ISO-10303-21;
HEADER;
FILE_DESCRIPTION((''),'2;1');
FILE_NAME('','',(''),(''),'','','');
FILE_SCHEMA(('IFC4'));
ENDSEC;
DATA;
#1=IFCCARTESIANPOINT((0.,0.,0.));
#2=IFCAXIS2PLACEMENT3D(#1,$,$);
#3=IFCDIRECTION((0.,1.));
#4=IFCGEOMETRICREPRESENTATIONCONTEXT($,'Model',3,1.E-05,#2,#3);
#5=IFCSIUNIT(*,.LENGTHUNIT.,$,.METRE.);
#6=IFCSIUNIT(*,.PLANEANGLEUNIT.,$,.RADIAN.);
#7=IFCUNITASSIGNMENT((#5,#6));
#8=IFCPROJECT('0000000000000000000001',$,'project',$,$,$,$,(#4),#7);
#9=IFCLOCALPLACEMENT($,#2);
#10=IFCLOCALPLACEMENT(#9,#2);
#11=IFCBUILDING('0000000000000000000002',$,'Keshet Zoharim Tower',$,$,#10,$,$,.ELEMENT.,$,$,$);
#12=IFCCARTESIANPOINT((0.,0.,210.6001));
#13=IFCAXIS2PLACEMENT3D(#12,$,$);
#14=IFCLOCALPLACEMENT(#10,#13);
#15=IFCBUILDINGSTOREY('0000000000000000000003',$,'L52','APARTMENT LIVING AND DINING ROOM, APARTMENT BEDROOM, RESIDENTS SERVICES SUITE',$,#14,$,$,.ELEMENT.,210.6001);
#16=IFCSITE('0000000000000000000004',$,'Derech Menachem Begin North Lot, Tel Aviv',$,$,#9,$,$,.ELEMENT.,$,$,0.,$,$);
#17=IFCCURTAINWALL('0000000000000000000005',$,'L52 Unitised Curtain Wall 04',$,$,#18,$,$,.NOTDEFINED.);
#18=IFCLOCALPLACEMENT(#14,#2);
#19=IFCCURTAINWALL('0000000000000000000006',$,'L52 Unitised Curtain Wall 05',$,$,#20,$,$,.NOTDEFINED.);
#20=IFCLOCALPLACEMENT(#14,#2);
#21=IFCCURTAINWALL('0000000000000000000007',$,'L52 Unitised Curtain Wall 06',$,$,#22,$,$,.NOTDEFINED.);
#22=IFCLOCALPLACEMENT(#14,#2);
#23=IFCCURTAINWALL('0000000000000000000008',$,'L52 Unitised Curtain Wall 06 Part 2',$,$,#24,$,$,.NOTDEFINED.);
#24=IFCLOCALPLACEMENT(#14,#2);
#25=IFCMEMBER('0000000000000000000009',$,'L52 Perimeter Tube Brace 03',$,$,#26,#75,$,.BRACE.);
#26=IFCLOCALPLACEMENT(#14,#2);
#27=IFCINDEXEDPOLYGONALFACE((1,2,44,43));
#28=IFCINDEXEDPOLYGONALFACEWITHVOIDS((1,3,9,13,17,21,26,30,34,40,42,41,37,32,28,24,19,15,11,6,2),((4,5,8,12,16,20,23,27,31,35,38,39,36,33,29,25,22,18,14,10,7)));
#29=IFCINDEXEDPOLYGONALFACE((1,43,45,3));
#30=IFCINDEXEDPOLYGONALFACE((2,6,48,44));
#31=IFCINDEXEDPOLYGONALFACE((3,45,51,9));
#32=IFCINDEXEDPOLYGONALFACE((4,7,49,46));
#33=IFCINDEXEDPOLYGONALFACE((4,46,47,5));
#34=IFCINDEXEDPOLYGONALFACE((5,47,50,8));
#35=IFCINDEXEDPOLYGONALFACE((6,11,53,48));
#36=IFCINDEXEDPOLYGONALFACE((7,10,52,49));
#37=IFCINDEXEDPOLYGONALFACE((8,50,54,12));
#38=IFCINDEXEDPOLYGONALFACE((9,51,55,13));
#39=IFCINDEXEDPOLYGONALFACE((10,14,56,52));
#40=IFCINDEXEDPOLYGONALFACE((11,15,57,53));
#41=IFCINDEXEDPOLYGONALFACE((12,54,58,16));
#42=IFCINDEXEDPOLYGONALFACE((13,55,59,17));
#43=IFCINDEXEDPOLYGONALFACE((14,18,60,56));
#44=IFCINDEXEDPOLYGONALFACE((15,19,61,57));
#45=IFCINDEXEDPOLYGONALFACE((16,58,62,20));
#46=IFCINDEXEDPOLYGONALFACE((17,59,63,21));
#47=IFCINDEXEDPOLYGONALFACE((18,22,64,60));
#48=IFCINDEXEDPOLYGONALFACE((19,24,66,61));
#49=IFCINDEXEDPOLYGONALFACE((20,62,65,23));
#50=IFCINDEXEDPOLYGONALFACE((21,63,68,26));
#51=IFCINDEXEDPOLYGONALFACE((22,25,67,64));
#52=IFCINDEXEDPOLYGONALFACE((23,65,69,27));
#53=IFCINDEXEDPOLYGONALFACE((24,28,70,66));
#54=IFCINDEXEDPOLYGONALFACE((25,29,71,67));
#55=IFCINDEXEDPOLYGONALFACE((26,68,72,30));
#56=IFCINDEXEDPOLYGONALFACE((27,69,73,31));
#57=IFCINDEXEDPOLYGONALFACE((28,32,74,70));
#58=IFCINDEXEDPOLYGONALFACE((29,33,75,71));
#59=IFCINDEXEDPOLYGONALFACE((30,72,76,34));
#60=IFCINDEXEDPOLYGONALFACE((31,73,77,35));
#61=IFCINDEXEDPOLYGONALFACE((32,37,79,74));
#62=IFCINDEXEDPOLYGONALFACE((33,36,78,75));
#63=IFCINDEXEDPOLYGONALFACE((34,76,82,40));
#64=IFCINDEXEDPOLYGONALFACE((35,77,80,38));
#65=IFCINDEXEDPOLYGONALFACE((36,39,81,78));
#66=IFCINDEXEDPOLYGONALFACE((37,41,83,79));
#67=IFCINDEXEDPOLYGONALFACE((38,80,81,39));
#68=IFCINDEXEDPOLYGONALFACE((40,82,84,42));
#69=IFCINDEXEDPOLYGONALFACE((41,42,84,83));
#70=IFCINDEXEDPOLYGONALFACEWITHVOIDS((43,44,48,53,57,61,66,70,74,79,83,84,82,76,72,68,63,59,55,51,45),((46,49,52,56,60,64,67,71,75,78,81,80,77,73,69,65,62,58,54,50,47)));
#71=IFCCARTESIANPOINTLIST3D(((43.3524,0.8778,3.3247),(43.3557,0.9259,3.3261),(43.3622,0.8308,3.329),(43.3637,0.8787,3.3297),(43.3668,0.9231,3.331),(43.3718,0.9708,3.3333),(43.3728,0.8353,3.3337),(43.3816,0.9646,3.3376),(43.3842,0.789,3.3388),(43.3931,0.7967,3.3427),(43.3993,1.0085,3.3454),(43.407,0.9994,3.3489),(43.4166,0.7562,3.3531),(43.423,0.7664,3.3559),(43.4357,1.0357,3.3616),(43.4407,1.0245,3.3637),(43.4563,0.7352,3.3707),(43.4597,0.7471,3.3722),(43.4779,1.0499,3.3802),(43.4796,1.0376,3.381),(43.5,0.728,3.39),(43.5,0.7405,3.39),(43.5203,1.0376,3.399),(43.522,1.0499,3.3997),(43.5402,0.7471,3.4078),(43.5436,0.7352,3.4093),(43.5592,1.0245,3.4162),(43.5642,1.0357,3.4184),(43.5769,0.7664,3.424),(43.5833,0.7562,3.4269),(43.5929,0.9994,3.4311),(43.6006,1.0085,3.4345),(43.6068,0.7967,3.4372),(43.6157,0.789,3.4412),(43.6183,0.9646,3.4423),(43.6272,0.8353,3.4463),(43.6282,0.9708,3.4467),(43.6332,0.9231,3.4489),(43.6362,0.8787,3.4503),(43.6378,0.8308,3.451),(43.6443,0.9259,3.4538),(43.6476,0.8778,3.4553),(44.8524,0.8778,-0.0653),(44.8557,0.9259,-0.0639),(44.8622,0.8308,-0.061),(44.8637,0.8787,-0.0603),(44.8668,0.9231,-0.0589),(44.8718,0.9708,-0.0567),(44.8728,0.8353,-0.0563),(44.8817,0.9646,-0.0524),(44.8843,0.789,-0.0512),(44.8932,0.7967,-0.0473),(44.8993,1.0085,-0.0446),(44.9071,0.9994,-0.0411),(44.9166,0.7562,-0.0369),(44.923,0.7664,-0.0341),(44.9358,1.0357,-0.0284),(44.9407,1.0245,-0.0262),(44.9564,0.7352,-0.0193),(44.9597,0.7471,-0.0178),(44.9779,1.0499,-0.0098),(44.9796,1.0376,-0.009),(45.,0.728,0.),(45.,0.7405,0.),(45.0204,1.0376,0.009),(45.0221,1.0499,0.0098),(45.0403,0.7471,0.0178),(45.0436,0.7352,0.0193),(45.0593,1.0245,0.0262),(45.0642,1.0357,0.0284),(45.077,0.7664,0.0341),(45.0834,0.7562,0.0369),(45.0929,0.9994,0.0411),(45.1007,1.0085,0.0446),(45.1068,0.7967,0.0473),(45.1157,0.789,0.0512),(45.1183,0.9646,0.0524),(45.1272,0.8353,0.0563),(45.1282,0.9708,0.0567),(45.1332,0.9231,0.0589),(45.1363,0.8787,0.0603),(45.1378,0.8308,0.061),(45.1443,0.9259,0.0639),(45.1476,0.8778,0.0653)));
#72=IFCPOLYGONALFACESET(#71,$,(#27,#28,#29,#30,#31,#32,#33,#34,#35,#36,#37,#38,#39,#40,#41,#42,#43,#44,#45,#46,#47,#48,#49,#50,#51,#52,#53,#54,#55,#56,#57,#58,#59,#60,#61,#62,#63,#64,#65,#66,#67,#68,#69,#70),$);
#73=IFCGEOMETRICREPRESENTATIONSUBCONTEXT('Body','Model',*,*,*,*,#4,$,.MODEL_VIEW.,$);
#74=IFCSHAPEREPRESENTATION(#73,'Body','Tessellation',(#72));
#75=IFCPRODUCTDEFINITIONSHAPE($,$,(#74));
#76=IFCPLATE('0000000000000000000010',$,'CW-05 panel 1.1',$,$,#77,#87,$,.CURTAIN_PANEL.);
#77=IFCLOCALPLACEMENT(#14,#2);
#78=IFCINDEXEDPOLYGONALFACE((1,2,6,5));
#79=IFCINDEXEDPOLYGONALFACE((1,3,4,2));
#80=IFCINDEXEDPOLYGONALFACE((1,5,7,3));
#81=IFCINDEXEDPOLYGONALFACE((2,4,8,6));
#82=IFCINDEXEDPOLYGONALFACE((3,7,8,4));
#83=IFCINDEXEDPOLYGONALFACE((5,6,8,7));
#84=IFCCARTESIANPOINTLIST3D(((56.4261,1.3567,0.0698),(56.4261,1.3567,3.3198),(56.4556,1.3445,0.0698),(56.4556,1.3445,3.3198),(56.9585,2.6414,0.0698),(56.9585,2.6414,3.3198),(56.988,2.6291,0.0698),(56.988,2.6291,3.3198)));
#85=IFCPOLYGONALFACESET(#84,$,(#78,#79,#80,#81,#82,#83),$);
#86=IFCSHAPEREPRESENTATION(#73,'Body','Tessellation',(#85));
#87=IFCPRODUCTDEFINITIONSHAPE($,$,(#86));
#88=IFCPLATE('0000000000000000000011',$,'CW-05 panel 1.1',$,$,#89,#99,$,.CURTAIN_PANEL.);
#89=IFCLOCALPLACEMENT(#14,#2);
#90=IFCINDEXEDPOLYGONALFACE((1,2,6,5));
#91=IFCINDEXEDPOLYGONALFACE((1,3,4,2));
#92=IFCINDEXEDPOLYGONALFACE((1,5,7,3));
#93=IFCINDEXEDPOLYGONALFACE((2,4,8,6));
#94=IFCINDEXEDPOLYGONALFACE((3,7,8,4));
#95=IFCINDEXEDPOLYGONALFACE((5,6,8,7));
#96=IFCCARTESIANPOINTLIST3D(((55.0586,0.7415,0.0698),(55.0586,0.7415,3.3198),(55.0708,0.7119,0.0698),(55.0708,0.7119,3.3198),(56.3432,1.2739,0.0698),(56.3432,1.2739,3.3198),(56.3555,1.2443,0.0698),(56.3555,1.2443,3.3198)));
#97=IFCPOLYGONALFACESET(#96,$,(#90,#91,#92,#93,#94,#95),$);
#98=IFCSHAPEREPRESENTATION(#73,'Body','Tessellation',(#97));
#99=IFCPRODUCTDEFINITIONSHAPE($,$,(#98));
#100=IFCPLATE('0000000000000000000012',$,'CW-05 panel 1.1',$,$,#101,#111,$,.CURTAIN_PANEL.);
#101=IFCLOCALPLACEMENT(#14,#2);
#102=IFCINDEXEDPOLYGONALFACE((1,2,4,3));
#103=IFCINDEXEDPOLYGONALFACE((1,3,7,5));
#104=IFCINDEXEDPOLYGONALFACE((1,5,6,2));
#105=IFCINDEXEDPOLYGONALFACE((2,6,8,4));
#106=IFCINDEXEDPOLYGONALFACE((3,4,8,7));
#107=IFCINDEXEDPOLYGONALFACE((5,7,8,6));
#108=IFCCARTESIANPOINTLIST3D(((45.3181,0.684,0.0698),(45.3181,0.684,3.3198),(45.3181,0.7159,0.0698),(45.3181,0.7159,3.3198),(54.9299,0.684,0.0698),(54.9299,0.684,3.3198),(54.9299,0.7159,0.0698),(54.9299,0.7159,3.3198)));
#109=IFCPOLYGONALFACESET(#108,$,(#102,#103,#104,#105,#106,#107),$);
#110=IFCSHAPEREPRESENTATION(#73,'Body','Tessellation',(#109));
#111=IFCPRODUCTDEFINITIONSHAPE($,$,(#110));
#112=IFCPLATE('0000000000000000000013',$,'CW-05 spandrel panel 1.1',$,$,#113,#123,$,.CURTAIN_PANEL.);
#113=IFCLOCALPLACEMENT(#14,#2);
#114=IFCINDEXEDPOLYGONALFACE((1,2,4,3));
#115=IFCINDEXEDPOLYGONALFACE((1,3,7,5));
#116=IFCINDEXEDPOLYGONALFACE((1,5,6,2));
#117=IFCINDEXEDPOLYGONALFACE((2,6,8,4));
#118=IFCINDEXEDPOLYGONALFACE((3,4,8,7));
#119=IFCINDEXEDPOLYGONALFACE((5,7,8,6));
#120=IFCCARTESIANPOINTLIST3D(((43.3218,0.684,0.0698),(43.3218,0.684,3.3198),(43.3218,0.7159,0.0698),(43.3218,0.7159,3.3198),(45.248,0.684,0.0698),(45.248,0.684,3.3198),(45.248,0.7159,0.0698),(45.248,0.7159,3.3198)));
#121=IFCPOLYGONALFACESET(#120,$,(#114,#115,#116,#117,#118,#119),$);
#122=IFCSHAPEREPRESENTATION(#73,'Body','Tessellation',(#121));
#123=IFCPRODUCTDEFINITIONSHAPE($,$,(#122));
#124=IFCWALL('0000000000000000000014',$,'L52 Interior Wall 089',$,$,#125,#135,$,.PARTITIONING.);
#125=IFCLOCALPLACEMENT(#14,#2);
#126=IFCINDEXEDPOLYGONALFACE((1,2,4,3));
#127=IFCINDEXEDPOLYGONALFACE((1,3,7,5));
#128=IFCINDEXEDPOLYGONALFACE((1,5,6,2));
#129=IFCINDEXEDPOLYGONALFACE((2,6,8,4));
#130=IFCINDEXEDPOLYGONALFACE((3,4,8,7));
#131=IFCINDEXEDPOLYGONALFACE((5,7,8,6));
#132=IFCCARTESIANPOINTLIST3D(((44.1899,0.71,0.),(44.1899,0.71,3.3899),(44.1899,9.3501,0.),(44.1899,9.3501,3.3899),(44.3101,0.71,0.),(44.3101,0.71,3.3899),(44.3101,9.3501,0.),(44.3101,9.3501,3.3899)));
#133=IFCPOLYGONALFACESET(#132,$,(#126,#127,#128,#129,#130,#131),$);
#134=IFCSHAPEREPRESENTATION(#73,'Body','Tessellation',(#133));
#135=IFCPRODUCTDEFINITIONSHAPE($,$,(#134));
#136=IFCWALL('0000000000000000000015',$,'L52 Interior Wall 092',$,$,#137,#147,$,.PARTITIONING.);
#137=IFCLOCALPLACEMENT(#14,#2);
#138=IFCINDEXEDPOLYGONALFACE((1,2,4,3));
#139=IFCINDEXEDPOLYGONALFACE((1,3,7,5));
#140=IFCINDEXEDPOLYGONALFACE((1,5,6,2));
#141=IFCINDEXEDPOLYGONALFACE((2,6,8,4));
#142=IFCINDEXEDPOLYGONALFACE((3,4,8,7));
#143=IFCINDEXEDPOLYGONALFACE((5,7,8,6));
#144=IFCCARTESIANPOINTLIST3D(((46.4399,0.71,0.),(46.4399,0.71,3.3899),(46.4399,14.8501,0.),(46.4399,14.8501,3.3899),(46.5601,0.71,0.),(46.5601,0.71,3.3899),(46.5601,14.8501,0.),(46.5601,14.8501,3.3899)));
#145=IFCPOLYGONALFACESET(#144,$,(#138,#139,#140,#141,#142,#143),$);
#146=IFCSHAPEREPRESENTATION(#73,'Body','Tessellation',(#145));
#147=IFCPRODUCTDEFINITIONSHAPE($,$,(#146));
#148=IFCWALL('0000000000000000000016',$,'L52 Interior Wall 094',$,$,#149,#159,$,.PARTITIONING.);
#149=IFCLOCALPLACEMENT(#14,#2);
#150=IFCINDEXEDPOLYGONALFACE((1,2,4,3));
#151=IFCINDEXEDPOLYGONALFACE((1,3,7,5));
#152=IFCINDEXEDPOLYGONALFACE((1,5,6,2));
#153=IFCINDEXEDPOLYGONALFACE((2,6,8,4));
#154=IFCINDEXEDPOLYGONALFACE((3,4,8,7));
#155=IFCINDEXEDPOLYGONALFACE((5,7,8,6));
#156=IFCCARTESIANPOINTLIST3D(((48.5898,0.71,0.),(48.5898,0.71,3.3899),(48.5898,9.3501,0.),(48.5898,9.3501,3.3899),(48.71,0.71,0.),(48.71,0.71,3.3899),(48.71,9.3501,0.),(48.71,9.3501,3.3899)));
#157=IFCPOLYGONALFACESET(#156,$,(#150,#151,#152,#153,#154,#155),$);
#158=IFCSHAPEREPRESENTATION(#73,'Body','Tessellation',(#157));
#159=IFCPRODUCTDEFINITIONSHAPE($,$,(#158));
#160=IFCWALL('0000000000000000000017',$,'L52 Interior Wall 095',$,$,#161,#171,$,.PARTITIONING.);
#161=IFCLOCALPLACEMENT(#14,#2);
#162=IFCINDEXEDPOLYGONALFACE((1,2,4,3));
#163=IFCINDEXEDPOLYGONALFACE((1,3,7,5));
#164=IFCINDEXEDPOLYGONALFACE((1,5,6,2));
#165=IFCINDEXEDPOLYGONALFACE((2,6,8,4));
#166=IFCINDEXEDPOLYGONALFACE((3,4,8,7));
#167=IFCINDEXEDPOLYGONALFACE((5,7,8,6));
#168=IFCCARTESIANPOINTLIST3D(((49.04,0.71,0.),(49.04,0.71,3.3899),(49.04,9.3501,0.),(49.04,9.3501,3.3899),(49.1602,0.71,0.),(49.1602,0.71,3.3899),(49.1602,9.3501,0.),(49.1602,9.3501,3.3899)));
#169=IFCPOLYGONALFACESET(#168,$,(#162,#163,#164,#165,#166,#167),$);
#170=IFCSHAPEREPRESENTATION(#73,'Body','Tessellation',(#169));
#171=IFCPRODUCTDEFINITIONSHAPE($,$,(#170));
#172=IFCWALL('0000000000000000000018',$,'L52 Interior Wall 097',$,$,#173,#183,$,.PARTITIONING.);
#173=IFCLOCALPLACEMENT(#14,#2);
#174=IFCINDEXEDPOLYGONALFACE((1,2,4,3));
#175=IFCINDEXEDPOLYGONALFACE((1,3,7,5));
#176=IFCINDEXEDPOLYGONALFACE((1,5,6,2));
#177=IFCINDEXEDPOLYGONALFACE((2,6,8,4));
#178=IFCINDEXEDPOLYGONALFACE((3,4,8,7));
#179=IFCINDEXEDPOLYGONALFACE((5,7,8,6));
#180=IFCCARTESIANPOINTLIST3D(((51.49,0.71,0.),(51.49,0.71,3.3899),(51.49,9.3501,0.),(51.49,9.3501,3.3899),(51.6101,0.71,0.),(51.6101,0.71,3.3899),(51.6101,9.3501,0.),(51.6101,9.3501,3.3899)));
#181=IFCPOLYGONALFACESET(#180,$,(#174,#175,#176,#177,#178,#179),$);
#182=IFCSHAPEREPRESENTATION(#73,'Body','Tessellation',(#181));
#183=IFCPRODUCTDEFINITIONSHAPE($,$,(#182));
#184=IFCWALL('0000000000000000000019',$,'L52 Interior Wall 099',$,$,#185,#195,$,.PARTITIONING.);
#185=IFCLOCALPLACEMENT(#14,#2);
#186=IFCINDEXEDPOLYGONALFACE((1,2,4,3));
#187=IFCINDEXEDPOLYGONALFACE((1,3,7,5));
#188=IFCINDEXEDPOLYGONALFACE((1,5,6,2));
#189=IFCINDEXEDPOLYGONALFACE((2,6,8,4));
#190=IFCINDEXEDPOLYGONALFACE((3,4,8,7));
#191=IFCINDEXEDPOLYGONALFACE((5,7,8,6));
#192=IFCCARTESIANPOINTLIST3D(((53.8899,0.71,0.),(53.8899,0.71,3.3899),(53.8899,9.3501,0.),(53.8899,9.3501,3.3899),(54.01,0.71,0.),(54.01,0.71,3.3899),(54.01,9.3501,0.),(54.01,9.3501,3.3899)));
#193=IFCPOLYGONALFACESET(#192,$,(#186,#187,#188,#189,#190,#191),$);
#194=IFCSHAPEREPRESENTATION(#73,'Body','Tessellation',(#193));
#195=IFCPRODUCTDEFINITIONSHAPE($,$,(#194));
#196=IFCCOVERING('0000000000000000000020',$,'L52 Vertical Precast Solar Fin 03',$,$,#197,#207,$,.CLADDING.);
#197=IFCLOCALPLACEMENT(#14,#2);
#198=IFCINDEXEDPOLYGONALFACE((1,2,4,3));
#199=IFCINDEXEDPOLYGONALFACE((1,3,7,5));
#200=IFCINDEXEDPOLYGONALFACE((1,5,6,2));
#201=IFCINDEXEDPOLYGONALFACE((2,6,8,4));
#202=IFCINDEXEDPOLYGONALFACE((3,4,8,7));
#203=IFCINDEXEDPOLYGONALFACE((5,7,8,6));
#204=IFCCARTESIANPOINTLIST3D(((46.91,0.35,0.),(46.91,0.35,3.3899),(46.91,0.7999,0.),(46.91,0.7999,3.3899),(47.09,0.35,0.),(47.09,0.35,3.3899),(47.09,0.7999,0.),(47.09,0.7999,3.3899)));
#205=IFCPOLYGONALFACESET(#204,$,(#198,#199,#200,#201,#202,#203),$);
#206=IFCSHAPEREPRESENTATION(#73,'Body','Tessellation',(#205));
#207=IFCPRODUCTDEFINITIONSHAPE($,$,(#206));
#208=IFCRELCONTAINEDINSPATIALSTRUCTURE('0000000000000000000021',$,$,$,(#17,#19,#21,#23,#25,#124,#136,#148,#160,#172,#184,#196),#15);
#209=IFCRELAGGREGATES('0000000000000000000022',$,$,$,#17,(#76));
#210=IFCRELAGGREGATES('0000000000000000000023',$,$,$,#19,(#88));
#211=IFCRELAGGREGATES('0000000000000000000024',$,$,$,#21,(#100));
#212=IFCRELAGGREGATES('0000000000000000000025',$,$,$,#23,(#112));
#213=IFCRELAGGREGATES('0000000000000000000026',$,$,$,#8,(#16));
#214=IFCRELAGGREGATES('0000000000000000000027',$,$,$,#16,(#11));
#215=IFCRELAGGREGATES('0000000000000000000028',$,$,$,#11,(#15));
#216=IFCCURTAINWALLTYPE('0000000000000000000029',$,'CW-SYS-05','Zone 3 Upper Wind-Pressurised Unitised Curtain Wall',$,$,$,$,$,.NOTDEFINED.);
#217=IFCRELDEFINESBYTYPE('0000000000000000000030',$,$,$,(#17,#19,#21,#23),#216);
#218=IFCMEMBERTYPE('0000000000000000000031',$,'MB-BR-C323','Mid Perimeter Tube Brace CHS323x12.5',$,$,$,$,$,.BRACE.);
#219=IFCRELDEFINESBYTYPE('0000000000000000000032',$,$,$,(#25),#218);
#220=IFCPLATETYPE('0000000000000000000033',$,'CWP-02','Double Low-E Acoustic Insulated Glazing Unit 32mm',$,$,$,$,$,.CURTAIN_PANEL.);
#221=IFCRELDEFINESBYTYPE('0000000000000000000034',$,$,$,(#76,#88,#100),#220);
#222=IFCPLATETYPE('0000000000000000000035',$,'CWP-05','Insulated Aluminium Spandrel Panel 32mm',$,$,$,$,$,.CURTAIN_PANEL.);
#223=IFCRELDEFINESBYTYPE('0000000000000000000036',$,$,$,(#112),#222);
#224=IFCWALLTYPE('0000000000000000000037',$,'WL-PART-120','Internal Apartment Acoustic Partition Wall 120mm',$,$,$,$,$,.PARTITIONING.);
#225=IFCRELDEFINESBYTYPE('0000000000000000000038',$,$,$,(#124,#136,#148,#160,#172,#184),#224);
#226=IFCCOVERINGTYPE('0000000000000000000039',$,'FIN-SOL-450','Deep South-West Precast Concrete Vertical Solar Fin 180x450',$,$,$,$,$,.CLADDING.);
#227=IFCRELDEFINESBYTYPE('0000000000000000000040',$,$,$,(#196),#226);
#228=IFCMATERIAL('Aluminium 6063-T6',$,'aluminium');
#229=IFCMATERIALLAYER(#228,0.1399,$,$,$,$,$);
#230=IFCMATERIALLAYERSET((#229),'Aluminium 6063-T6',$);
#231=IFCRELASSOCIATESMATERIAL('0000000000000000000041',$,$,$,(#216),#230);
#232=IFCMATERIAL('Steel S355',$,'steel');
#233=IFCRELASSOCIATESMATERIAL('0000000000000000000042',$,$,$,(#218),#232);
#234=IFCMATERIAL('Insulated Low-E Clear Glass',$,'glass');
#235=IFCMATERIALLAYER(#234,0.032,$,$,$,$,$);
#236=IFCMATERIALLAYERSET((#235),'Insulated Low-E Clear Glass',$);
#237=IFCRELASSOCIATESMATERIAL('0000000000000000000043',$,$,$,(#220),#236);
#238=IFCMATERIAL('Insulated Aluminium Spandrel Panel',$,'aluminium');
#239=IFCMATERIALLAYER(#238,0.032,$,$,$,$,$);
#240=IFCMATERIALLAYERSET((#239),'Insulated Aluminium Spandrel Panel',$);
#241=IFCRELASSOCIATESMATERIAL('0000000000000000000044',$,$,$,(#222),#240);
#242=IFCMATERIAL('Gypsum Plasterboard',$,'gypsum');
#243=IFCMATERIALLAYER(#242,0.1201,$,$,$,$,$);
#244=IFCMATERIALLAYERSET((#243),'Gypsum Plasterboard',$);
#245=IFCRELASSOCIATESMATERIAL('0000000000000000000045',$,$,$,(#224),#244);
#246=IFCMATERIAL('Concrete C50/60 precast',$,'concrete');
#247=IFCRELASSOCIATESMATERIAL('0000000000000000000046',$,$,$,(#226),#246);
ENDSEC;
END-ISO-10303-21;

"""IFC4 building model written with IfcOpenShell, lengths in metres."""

from ifc_helpers import new_model, si_unit, direction, frame, frame_2d, origin, origin_2d, place, context, subcontext, project, spatial, rectangle, hollow_circle, extrude, material, layer, layer_set, material_profile, profile_set, type_object, element, aggregate, save


model = new_model("IFC4")

# Units and contexts
model_context = context("Model", 3, precision=1e-05, world=origin(), true_north=direction((0.0, 1.0)))
body_context = subcontext(model_context, "Body", "Model", "MODEL_VIEW")
ifc_project = project(units=[si_unit("LENGTHUNIT", "METRE"), si_unit("PLANEANGLEUNIT", "RADIAN")], contexts=[model_context])

# Site, building, storey
site_placement = place(None, origin())
site = spatial("IfcSite", under=ifc_project, at=site_placement, Name="Derech Menachem Begin North Lot, Tel Aviv", CompositionType="ELEMENT", RefElevation=0.0)
building_placement = place(site_placement, origin())
building = spatial("IfcBuilding", under=site, at=building_placement, Name="Keshet Zoharim Tower", CompositionType="ELEMENT")
storey_placement = place(building_placement, frame((0.0, 0.0, 210.6001)))
storey = spatial("IfcBuildingStorey", under=building, at=storey_placement, Name="L52", Description="APARTMENT LIVING AND DINING ROOM, APARTMENT BEDROOM, RESIDENTS SERVICES SUITE", CompositionType="ELEMENT", Elevation=210.6001)

# Shared definitions
ifc_material_1 = material(Name="Steel S355", Category="steel")

# Curtain walls
ifc_material_2 = material(Name="Aluminium 6063-T6", Category="aluminium")
ifc_layer_1 = layer(ifc_material_2, 0.1399)
ifc_layer_set_1 = layer_set([ifc_layer_1], Name="Aluminium 6063-T6")
curtain_wall_type = type_object("IfcCurtainWallType", Name="CW-SYS-05", Description="Zone 3 Upper Wind-Pressurised Unitised Curtain Wall", PredefinedType="NOTDEFINED", material=ifc_layer_set_1)
curtain_wall_1_placement = place(storey_placement, origin())
curtain_wall_1 = element("IfcCurtainWall", 1, at=curtain_wall_1_placement, inside=storey, type_object=curtain_wall_type, Name="L52 Unitised Curtain Wall 04", PredefinedType="NOTDEFINED")
curtain_wall_2_placement = place(storey_placement, origin())
curtain_wall_2 = element("IfcCurtainWall", 2, at=curtain_wall_2_placement, inside=storey, type_object=curtain_wall_type, Name="L52 Unitised Curtain Wall 05", PredefinedType="NOTDEFINED")
curtain_wall_3_placement = place(storey_placement, origin())
curtain_wall_3 = element("IfcCurtainWall", 3, at=curtain_wall_3_placement, inside=storey, type_object=curtain_wall_type, Name="L52 Unitised Curtain Wall 06", PredefinedType="NOTDEFINED")

# Curtain wall
curtain_wall_4_placement = place(storey_placement, origin())
curtain_wall_4 = element("IfcCurtainWall", 4, at=curtain_wall_4_placement, inside=storey, type_object=curtain_wall_type, Name="L52 Unitised Curtain Wall 06 Part 2", PredefinedType="NOTDEFINED")

# Member
ifc_material_profile_1 = material_profile(ifc_material_1, hollow_circle(Radius=0.1619, WallThickness=0.0125, at=origin_2d()), Name="CHS323x12.5")
ifc_profile_set_1 = profile_set([ifc_material_profile_1], Name="Steel S355")
member_type_1 = type_object("IfcMemberType", Name="MB-BR-C323", Description="Mid Perimeter Tube Brace CHS323x12.5", PredefinedType="BRACE", material=ifc_profile_set_1)
member_1_placement = place(storey_placement, frame((45.0, 0.8899, 0.0), z_axis=(-0.404647, 0.0, 0.914473), x_axis=(0.0, -1.0, 0.0)))
element("IfcMember", 5, at=member_1_placement, inside=storey, type_object=member_type_1, Name="L52 Perimeter Tube Brace 03", PredefinedType="BRACE", context=body_context, shape_type="SweptSolid", body=[
    extrude(hollow_circle(Radius=0.1619, WallThickness=0.0125, at=origin_2d()), origin(), (0.0, 0.0, 1.0), 3.707),
])

# Plates
ifc_material_3 = material(Name="Insulated Low-E Clear Glass", Category="glass")
ifc_layer_2 = layer(ifc_material_3, 0.032)
ifc_layer_set_2 = layer_set([ifc_layer_2], Name="Insulated Low-E Clear Glass")
plate_type_1 = type_object("IfcPlateType", Name="CWP-02", Description="Double Low-E Acoustic Insulated Glazing Unit 32mm", PredefinedType="CURTAIN_PANEL", material=ifc_layer_set_2)
plate_1_placement = place(storey_placement, frame((56.707, 1.9929, 0.0698), z_axis=(0.0, 0.0, 1.0), x_axis=(-0.382852, -0.92381, 0.0)))
plate_1 = element("IfcPlate", 6, at=plate_1_placement, type_object=plate_type_1, Name="CW-05 panel 1.1", PredefinedType="CURTAIN_PANEL", context=body_context, shape_type="SweptSolid", body=[
    extrude(rectangle(XDim=1.3906, YDim=0.032, at=origin_2d()), origin(), (0.0, 0.0, 1.0), 3.25),
])
aggregate(curtain_wall_1, [plate_1])
plate_2_placement = place(storey_placement, frame((55.707, 0.9929, 0.0698), z_axis=(0.0, 0.0, 1.0), x_axis=(-0.92381, -0.382852, 0.0)))
plate_2 = element("IfcPlate", 7, at=plate_2_placement, type_object=plate_type_1, Name="CW-05 panel 1.1", PredefinedType="CURTAIN_PANEL", context=body_context, shape_type="SweptSolid", body=[
    extrude(rectangle(XDim=1.3906, YDim=0.032, at=origin_2d()), origin(), (0.0, 0.0, 1.0), 3.25),
])
aggregate(curtain_wall_2, [plate_2])
plate_3_placement = place(storey_placement, frame((50.124, 0.7, 0.0698), z_axis=(0.0, 0.0, 1.0), x_axis=(-1.0, 0.0, 0.0)))
plate_3 = element("IfcPlate", 8, at=plate_3_placement, type_object=plate_type_1, Name="CW-05 panel 1.1", PredefinedType="CURTAIN_PANEL", context=body_context, shape_type="SweptSolid", body=[
    extrude(rectangle(XDim=9.6118, YDim=0.032, at=origin_2d()), origin(), (0.0, 0.0, 1.0), 3.25),
])
aggregate(curtain_wall_3, [plate_3])
ifc_material_4 = material(Name="Insulated Aluminium Spandrel Panel", Category="aluminium")
ifc_layer_3 = layer(ifc_material_4, 0.032)
ifc_layer_set_3 = layer_set([ifc_layer_3], Name="Insulated Aluminium Spandrel Panel")
plate_type_2 = type_object("IfcPlateType", Name="CWP-05", Description="Insulated Aluminium Spandrel Panel 32mm", PredefinedType="CURTAIN_PANEL", material=ifc_layer_set_3)
plate_4_placement = place(storey_placement, frame((44.2849, 0.7, 0.0698), z_axis=(0.0, 0.0, 1.0), x_axis=(-1.0, 0.0, 0.0)))
plate_4 = element("IfcPlate", 9, at=plate_4_placement, type_object=plate_type_2, Name="CW-05 spandrel panel 1.1", PredefinedType="CURTAIN_PANEL", context=body_context, shape_type="SweptSolid", body=[
    extrude(rectangle(XDim=1.9263, YDim=0.032, at=origin_2d()), origin(), (0.0, 0.0, 1.0), 3.25),
])
aggregate(curtain_wall_4, [plate_4])

# Walls
ifc_material_5 = material(Name="Gypsum Plasterboard", Category="gypsum")
ifc_layer_4 = layer(ifc_material_5, 0.1201)
ifc_layer_set_4 = layer_set([ifc_layer_4], Name="Gypsum Plasterboard")
wall_type = type_object("IfcWallType", Name="WL-PART-120", Description="Internal Apartment Acoustic Partition Wall 120mm", PredefinedType="PARTITIONING", material=ifc_layer_set_4)
wall_1_placement = place(storey_placement, frame((44.25, 0.71, 0.0), z_axis=(0.0, 0.0, 1.0), x_axis=(0.0, 1.0, 0.0)))
element("IfcWall", 10, at=wall_1_placement, inside=storey, type_object=wall_type, Name="L52 Interior Wall 089", PredefinedType="PARTITIONING", context=body_context, shape_type="SweptSolid", body=[
    extrude(rectangle(XDim=8.6401, YDim=0.1201, at=frame_2d((4.3201, 0.0))), origin(), (0.0, 0.0, 1.0), 3.3899),
])
wall_2_placement = place(storey_placement, frame((46.5, 0.71, 0.0), z_axis=(0.0, 0.0, 1.0), x_axis=(0.0, 1.0, 0.0)))
element("IfcWall", 11, at=wall_2_placement, inside=storey, type_object=wall_type, Name="L52 Interior Wall 092", PredefinedType="PARTITIONING", context=body_context, shape_type="SweptSolid", body=[
    extrude(rectangle(XDim=14.1401, YDim=0.1201, at=frame_2d((7.0701, 0.0))), origin(), (0.0, 0.0, 1.0), 3.3899),
])
for number, where, z_axis, x_axis, name in (
    (12, (48.6499, 0.71, 0.0), (0.0, 0.0, 1.0), (0.0, 1.0, 0.0), "L52 Interior Wall 094"),
    (13, (49.1001, 0.71, 0.0), (0.0, 0.0, 1.0), (0.0, 1.0, 0.0), "L52 Interior Wall 095"),
    (14, (51.55, 0.71, 0.0), (0.0, 0.0, 1.0), (0.0, 1.0, 0.0), "L52 Interior Wall 097"),
    (15, (53.95, 0.71, 0.0), (0.0, 0.0, 1.0), (0.0, 1.0, 0.0), "L52 Interior Wall 099"),
):
    element("IfcWall", number, at=place(storey_placement, frame(where, z_axis=z_axis, x_axis=x_axis)), inside=storey, type_object=wall_type, Name=name, PredefinedType="PARTITIONING", context=body_context, shape_type="SweptSolid", body=[
        extrude(rectangle(XDim=8.6401, YDim=0.1201, at=frame_2d((4.3201, 0.0))), origin(), (0.0, 0.0, 1.0), 3.3899),
    ])

# Covering
ifc_material_6 = material(Name="Concrete C50/60 precast", Category="concrete")
covering_type = type_object("IfcCoveringType", Name="FIN-SOL-450", Description="Deep South-West Precast Concrete Vertical Solar Fin 180x450", PredefinedType="CLADDING", material=ifc_material_6)
covering_placement = place(storey_placement, frame((47.0, 0.575, 0.0), z_axis=(0.0, 0.0, 1.0), x_axis=(-1.0, 0.0, 0.0)))
element("IfcCovering", 16, at=covering_placement, inside=storey, type_object=covering_type, Name="L52 Vertical Precast Solar Fin 03", PredefinedType="CLADDING", context=body_context, shape_type="SweptSolid", body=[
    extrude(rectangle(XDim=0.1799, YDim=0.45, at=origin_2d()), origin(), (0.0, 0.0, 1.0), 3.3899),
])

save(model, "model.ifc")
